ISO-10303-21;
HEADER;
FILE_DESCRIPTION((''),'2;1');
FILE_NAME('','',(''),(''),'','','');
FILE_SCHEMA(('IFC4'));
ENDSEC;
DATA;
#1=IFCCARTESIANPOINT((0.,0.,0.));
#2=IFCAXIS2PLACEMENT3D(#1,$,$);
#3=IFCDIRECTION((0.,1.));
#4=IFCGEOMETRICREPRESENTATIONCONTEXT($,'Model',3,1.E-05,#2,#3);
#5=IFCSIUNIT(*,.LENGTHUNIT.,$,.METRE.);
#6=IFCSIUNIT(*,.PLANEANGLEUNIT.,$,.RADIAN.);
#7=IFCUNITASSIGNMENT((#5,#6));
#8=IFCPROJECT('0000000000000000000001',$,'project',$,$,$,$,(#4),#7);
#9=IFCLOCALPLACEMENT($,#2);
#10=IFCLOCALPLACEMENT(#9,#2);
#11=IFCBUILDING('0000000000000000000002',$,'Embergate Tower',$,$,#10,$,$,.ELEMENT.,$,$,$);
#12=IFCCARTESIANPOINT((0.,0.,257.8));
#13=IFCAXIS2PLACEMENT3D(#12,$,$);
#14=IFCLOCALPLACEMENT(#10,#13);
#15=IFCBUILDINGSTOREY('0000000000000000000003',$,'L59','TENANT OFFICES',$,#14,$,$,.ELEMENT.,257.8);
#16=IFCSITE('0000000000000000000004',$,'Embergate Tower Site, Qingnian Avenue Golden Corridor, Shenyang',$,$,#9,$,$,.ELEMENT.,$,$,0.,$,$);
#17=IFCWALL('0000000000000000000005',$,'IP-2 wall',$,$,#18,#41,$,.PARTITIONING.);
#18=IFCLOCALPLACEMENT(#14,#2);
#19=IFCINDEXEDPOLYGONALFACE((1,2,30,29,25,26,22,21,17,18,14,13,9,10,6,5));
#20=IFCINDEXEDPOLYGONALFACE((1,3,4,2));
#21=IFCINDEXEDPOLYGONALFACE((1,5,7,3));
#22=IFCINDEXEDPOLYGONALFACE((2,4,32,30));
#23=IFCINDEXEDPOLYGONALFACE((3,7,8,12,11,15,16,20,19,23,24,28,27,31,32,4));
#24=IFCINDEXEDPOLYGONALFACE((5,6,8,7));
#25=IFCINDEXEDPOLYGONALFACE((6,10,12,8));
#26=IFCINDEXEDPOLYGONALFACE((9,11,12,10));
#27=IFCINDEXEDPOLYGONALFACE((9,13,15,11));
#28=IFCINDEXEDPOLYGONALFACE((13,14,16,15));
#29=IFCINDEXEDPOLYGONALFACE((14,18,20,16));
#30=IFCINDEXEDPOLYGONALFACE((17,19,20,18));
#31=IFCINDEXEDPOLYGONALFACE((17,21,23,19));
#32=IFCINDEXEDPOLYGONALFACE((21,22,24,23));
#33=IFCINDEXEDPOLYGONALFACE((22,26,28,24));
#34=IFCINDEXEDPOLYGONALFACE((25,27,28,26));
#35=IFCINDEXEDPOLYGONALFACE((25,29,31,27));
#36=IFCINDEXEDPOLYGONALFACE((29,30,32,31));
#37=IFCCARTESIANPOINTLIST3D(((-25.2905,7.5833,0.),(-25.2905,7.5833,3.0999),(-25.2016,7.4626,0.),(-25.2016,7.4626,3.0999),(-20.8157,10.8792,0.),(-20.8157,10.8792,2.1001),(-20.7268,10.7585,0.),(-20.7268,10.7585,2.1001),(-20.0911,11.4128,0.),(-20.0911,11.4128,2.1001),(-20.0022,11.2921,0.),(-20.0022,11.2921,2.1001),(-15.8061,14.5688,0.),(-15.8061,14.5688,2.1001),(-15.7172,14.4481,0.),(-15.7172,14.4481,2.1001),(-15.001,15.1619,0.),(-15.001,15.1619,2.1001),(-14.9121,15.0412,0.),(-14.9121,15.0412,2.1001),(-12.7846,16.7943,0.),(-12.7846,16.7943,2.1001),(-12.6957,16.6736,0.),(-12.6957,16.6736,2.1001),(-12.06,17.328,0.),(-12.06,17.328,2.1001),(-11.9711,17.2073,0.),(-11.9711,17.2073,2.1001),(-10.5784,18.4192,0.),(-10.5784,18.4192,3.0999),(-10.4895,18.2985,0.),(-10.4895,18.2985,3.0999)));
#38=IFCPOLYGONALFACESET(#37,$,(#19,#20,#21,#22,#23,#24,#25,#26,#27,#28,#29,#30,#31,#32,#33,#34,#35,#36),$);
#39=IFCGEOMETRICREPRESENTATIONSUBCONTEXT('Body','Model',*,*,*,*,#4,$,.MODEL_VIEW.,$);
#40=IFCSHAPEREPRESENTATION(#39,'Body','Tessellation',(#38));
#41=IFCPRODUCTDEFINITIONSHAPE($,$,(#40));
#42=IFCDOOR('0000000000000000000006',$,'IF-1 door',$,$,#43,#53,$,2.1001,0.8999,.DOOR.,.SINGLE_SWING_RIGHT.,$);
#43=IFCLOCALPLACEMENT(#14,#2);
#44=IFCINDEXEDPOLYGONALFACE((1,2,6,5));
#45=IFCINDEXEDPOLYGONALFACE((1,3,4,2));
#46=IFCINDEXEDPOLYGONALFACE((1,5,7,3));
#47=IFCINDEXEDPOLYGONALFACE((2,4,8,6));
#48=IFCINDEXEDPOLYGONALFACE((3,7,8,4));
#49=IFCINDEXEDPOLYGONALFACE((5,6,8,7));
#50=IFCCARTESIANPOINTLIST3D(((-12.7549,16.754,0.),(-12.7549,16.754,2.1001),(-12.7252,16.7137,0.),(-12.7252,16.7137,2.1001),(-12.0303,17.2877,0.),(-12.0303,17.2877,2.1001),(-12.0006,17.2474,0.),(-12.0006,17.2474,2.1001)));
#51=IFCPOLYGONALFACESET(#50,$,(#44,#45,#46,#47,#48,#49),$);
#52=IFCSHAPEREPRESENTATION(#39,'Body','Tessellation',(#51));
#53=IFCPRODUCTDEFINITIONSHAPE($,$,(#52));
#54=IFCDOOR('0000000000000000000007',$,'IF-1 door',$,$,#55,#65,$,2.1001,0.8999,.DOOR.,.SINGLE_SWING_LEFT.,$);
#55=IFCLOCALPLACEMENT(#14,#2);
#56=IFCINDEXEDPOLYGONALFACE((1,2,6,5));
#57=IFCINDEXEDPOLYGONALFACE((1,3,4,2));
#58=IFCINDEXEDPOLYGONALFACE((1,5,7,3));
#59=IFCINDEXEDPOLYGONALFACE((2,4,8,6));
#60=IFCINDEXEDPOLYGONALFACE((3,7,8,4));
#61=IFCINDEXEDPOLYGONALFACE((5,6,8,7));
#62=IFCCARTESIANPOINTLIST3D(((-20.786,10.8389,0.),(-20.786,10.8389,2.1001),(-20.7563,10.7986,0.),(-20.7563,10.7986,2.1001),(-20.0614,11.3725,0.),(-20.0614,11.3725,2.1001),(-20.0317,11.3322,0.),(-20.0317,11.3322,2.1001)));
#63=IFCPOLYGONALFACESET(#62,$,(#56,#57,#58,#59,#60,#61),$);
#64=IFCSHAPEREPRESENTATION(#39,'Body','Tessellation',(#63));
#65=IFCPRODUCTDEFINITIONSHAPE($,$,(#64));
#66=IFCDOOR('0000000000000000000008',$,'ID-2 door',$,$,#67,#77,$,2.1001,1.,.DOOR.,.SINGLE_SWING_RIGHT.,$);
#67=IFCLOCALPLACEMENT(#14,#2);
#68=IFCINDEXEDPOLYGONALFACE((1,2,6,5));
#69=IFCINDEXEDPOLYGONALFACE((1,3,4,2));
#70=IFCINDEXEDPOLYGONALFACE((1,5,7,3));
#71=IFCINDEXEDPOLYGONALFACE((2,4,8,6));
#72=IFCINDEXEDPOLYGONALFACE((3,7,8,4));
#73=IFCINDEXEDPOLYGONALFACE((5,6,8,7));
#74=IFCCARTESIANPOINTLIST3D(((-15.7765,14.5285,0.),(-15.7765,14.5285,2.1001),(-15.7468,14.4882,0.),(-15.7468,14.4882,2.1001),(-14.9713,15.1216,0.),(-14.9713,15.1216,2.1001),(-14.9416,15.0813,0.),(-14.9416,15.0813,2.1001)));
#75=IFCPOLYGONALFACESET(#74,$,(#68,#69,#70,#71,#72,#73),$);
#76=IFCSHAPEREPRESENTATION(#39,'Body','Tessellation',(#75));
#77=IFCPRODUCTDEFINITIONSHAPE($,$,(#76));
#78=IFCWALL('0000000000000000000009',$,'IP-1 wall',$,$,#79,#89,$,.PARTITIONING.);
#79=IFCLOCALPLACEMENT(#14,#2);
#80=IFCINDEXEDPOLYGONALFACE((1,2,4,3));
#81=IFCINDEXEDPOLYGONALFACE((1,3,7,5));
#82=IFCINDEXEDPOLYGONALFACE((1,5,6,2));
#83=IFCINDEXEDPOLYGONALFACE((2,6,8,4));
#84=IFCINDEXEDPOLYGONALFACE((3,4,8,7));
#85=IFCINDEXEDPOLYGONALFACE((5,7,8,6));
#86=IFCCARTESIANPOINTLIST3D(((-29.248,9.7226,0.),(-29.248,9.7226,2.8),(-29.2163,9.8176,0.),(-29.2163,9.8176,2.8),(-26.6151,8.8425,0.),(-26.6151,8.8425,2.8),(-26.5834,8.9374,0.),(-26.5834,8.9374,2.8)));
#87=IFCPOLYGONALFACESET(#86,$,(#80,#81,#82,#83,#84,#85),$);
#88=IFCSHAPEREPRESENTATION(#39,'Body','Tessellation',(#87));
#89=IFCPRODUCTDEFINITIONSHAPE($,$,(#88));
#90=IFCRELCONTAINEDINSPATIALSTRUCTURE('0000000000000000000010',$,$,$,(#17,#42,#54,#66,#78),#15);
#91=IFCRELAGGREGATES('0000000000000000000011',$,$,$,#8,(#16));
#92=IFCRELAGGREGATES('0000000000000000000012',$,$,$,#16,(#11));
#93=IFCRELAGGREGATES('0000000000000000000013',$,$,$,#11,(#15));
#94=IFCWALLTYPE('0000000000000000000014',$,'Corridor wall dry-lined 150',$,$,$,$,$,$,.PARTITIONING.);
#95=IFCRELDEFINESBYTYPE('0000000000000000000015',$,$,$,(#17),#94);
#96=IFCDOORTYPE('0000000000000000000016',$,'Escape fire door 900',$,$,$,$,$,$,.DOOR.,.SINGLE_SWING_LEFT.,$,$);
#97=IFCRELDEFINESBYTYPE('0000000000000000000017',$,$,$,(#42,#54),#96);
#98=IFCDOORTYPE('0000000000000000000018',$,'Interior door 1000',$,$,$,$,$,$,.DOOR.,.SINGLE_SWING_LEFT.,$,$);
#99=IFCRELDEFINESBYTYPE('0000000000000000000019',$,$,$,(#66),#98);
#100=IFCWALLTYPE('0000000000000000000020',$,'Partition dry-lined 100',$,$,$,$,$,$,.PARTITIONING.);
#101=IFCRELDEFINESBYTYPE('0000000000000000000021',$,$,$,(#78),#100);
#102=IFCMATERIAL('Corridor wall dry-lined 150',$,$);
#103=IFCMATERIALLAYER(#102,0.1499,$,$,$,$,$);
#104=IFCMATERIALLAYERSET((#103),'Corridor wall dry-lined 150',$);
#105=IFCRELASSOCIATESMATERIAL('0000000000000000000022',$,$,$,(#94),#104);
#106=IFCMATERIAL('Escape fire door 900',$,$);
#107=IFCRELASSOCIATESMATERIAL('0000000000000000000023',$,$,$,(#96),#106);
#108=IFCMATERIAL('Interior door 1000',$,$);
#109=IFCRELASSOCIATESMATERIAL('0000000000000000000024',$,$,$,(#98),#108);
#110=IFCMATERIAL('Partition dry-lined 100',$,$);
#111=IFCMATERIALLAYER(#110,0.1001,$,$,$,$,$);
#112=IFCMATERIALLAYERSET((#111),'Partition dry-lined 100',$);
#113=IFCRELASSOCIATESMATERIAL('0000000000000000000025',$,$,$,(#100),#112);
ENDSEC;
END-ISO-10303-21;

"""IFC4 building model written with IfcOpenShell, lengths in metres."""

from ifc_helpers import new_model, si_unit, direction, frame, frame_2d, origin, place, context, subcontext, project, spatial, rectangle, extrude, source, transform, mapped, material, layer, layer_set, type_object, element, fill, save


model = new_model("IFC4")

# Units and contexts
model_context = context("Model", 3, precision=1e-05, world=origin(), true_north=direction((0.0, 1.0)))
body_context = subcontext(model_context, "Body", "Model", "MODEL_VIEW")
ifc_project = project(units=[si_unit("LENGTHUNIT", "METRE"), si_unit("PLANEANGLEUNIT", "RADIAN")], contexts=[model_context])

# Site, building, storey
site_placement = place(None, origin())
site = spatial("IfcSite", under=ifc_project, at=site_placement, Name="Embergate Tower Site, Qingnian Avenue Golden Corridor, Shenyang", CompositionType="ELEMENT", RefElevation=0.0)
building_placement = place(site_placement, origin())
building = spatial("IfcBuilding", under=site, at=building_placement, Name="Embergate Tower", CompositionType="ELEMENT")
storey_placement = place(building_placement, frame((0.0, 0.0, 257.8)))
storey = spatial("IfcBuildingStorey", under=building, at=storey_placement, Name="L59", Description="TENANT OFFICES", CompositionType="ELEMENT", Elevation=257.8)

# Wall, openings, doors
ifc_material_1 = material(Name="Corridor wall dry-lined 150")
ifc_layer_1 = layer(ifc_material_1, 0.1499)
ifc_layer_set_1 = layer_set([ifc_layer_1], Name="Corridor wall dry-lined 150")
wall_type_1 = type_object("IfcWallType", Name="Corridor wall dry-lined 150", PredefinedType="PARTITIONING", material=ifc_layer_set_1)
shared_shape_1 = source(origin(), body_context, "Body", "SweptSolid", [
    extrude(rectangle(XDim=0.8999, YDim=2.1001, at=frame_2d((0.45, 1.05))), frame((0.0, 0.085, 0.0), z_axis=(0.0, -1.0, 0.0), x_axis=(1.0, 0.0, 0.0)), (0.0, 0.0, 1.0), 0.1699),
])
shared_shape_2 = source(origin(), body_context, "Body", "SweptSolid", [
    extrude(rectangle(XDim=1.0, YDim=2.1001, at=frame_2d((0.5, 1.05))), frame((0.0, 0.085, 0.0), z_axis=(0.0, -1.0, 0.0), x_axis=(1.0, 0.0, 0.0)), (0.0, 0.0, 1.0), 0.1699),
])
ifc_material_2 = material(Name="Escape fire door 900")
door_type_1 = type_object("IfcDoorType", Name="Escape fire door 900", OperationType="SINGLE_SWING_LEFT", PredefinedType="DOOR", material=ifc_material_2)
shared_shape_3 = source(origin(), body_context, "Body", "SweptSolid", [
    extrude(rectangle(XDim=0.8999, YDim=2.1001, at=frame_2d((0.45, 1.05))), frame((0.0, 0.0249, 0.0), z_axis=(0.0, -1.0, 0.0), x_axis=(1.0, 0.0, 0.0)), (0.0, 0.0, 1.0), 0.05),
])
ifc_material_3 = material(Name="Interior door 1000")
door_type_2 = type_object("IfcDoorType", Name="Interior door 1000", OperationType="SINGLE_SWING_LEFT", PredefinedType="DOOR", material=ifc_material_3)
shared_shape_4 = source(origin(), body_context, "Body", "SweptSolid", [
    extrude(rectangle(XDim=1.0, YDim=2.1001, at=frame_2d((0.5, 1.05))), frame((0.0, 0.0249, 0.0), z_axis=(0.0, -1.0, 0.0), x_axis=(1.0, 0.0, 0.0)), (0.0, 0.0, 1.0), 0.05),
])
shared_shape_5 = source(origin(), body_context, "Body", "SweptSolid", [
    extrude(rectangle(XDim=18.272, YDim=0.1499, at=frame_2d((9.136, 0.0))), origin(), (0.0, 0.0, 1.0), 3.0999),
])
wall_1_placement = place(storey_placement, frame((-25.2461, 7.5229, 0.0), z_axis=(0.0, 0.0, 1.0), x_axis=(0.805176, 0.593036, 0.0)))
wall_1 = element("IfcWall", 1, at=wall_1_placement, inside=storey, type_object=wall_type_1, Name="IP-2 wall", PredefinedType="PARTITIONING", context=body_context, shape_type="MappedRepresentation", body=[
    mapped(shared_shape_5, transform((0.0, 0.0, 0.0))),
])
opening_1_placement = place(wall_1_placement, frame((15.532, 0.0, 0.0)))
opening_1 = element("IfcOpeningElement", 2, at=opening_1_placement, cuts=wall_1, PredefinedType="OPENING", context=body_context, shape_type="MappedRepresentation", body=[
    mapped(shared_shape_1, transform((0.0, 0.0, 0.0))),
])
opening_2_placement = place(wall_1_placement, frame((11.7793, 0.0, 0.0)))
opening_2 = element("IfcOpeningElement", 3, at=opening_2_placement, cuts=wall_1, PredefinedType="OPENING", context=body_context, shape_type="MappedRepresentation", body=[
    mapped(shared_shape_2, transform((0.0, 0.0, 0.0))),
])
opening_3_placement = place(wall_1_placement, frame((5.5576, 0.0, 0.0)))
opening_3 = element("IfcOpeningElement", 4, at=opening_3_placement, cuts=wall_1, PredefinedType="OPENING", context=body_context, shape_type="MappedRepresentation", body=[
    mapped(shared_shape_1, transform((0.0, 0.0, 0.0))),
])
door_1_placement = place(opening_1_placement, origin())
door_1 = element("IfcDoor", 5, at=door_1_placement, inside=storey, type_object=door_type_1, Name="IF-1 door", OperationType="SINGLE_SWING_RIGHT", OverallHeight=2.1001, OverallWidth=0.8999, PredefinedType="DOOR", context=body_context, shape_type="MappedRepresentation", body=[
    mapped(shared_shape_3, transform((0.0, 0.0, 0.0))),
])
fill(opening_1, door_1)
door_2_placement = place(opening_3_placement, origin())
door_2 = element("IfcDoor", 6, at=door_2_placement, inside=storey, type_object=door_type_1, Name="IF-1 door", OperationType="SINGLE_SWING_LEFT", OverallHeight=2.1001, OverallWidth=0.8999, PredefinedType="DOOR", context=body_context, shape_type="MappedRepresentation", body=[
    mapped(shared_shape_3, transform((0.0, 0.0, 0.0))),
])
fill(opening_3, door_2)
door_3_placement = place(opening_2_placement, origin())
door_3 = element("IfcDoor", 7, at=door_3_placement, inside=storey, type_object=door_type_2, Name="ID-2 door", OperationType="SINGLE_SWING_RIGHT", OverallHeight=2.1001, OverallWidth=1.0, PredefinedType="DOOR", context=body_context, shape_type="MappedRepresentation", body=[
    mapped(shared_shape_4, transform((0.0, 0.0, 0.0))),
])
fill(opening_2, door_3)

# Wall
ifc_material_4 = material(Name="Partition dry-lined 100")
ifc_layer_2 = layer(ifc_material_4, 0.1001)
ifc_layer_set_2 = layer_set([ifc_layer_2], Name="Partition dry-lined 100")
wall_type_2 = type_object("IfcWallType", Name="Partition dry-lined 100", PredefinedType="PARTITIONING", material=ifc_layer_set_2)
shared_shape_6 = source(origin(), body_context, "Body", "SweptSolid", [
    extrude(rectangle(XDim=2.7761, YDim=0.1001, at=frame_2d((1.3882, 0.0))), origin(), (0.0, 0.0, 1.0), 2.8),
])
wall_2_placement = place(storey_placement, frame((-26.5991, 8.8899, 0.0), z_axis=(0.0, 0.0, 1.0), x_axis=(-0.94841, 0.317046, 0.0)))
element("IfcWall", 8, at=wall_2_placement, inside=storey, type_object=wall_type_2, Name="IP-1 wall", PredefinedType="PARTITIONING", context=body_context, shape_type="MappedRepresentation", body=[
    mapped(shared_shape_6, transform((0.0, 0.0, 0.0))),
])

save(model, "model.ifc")
